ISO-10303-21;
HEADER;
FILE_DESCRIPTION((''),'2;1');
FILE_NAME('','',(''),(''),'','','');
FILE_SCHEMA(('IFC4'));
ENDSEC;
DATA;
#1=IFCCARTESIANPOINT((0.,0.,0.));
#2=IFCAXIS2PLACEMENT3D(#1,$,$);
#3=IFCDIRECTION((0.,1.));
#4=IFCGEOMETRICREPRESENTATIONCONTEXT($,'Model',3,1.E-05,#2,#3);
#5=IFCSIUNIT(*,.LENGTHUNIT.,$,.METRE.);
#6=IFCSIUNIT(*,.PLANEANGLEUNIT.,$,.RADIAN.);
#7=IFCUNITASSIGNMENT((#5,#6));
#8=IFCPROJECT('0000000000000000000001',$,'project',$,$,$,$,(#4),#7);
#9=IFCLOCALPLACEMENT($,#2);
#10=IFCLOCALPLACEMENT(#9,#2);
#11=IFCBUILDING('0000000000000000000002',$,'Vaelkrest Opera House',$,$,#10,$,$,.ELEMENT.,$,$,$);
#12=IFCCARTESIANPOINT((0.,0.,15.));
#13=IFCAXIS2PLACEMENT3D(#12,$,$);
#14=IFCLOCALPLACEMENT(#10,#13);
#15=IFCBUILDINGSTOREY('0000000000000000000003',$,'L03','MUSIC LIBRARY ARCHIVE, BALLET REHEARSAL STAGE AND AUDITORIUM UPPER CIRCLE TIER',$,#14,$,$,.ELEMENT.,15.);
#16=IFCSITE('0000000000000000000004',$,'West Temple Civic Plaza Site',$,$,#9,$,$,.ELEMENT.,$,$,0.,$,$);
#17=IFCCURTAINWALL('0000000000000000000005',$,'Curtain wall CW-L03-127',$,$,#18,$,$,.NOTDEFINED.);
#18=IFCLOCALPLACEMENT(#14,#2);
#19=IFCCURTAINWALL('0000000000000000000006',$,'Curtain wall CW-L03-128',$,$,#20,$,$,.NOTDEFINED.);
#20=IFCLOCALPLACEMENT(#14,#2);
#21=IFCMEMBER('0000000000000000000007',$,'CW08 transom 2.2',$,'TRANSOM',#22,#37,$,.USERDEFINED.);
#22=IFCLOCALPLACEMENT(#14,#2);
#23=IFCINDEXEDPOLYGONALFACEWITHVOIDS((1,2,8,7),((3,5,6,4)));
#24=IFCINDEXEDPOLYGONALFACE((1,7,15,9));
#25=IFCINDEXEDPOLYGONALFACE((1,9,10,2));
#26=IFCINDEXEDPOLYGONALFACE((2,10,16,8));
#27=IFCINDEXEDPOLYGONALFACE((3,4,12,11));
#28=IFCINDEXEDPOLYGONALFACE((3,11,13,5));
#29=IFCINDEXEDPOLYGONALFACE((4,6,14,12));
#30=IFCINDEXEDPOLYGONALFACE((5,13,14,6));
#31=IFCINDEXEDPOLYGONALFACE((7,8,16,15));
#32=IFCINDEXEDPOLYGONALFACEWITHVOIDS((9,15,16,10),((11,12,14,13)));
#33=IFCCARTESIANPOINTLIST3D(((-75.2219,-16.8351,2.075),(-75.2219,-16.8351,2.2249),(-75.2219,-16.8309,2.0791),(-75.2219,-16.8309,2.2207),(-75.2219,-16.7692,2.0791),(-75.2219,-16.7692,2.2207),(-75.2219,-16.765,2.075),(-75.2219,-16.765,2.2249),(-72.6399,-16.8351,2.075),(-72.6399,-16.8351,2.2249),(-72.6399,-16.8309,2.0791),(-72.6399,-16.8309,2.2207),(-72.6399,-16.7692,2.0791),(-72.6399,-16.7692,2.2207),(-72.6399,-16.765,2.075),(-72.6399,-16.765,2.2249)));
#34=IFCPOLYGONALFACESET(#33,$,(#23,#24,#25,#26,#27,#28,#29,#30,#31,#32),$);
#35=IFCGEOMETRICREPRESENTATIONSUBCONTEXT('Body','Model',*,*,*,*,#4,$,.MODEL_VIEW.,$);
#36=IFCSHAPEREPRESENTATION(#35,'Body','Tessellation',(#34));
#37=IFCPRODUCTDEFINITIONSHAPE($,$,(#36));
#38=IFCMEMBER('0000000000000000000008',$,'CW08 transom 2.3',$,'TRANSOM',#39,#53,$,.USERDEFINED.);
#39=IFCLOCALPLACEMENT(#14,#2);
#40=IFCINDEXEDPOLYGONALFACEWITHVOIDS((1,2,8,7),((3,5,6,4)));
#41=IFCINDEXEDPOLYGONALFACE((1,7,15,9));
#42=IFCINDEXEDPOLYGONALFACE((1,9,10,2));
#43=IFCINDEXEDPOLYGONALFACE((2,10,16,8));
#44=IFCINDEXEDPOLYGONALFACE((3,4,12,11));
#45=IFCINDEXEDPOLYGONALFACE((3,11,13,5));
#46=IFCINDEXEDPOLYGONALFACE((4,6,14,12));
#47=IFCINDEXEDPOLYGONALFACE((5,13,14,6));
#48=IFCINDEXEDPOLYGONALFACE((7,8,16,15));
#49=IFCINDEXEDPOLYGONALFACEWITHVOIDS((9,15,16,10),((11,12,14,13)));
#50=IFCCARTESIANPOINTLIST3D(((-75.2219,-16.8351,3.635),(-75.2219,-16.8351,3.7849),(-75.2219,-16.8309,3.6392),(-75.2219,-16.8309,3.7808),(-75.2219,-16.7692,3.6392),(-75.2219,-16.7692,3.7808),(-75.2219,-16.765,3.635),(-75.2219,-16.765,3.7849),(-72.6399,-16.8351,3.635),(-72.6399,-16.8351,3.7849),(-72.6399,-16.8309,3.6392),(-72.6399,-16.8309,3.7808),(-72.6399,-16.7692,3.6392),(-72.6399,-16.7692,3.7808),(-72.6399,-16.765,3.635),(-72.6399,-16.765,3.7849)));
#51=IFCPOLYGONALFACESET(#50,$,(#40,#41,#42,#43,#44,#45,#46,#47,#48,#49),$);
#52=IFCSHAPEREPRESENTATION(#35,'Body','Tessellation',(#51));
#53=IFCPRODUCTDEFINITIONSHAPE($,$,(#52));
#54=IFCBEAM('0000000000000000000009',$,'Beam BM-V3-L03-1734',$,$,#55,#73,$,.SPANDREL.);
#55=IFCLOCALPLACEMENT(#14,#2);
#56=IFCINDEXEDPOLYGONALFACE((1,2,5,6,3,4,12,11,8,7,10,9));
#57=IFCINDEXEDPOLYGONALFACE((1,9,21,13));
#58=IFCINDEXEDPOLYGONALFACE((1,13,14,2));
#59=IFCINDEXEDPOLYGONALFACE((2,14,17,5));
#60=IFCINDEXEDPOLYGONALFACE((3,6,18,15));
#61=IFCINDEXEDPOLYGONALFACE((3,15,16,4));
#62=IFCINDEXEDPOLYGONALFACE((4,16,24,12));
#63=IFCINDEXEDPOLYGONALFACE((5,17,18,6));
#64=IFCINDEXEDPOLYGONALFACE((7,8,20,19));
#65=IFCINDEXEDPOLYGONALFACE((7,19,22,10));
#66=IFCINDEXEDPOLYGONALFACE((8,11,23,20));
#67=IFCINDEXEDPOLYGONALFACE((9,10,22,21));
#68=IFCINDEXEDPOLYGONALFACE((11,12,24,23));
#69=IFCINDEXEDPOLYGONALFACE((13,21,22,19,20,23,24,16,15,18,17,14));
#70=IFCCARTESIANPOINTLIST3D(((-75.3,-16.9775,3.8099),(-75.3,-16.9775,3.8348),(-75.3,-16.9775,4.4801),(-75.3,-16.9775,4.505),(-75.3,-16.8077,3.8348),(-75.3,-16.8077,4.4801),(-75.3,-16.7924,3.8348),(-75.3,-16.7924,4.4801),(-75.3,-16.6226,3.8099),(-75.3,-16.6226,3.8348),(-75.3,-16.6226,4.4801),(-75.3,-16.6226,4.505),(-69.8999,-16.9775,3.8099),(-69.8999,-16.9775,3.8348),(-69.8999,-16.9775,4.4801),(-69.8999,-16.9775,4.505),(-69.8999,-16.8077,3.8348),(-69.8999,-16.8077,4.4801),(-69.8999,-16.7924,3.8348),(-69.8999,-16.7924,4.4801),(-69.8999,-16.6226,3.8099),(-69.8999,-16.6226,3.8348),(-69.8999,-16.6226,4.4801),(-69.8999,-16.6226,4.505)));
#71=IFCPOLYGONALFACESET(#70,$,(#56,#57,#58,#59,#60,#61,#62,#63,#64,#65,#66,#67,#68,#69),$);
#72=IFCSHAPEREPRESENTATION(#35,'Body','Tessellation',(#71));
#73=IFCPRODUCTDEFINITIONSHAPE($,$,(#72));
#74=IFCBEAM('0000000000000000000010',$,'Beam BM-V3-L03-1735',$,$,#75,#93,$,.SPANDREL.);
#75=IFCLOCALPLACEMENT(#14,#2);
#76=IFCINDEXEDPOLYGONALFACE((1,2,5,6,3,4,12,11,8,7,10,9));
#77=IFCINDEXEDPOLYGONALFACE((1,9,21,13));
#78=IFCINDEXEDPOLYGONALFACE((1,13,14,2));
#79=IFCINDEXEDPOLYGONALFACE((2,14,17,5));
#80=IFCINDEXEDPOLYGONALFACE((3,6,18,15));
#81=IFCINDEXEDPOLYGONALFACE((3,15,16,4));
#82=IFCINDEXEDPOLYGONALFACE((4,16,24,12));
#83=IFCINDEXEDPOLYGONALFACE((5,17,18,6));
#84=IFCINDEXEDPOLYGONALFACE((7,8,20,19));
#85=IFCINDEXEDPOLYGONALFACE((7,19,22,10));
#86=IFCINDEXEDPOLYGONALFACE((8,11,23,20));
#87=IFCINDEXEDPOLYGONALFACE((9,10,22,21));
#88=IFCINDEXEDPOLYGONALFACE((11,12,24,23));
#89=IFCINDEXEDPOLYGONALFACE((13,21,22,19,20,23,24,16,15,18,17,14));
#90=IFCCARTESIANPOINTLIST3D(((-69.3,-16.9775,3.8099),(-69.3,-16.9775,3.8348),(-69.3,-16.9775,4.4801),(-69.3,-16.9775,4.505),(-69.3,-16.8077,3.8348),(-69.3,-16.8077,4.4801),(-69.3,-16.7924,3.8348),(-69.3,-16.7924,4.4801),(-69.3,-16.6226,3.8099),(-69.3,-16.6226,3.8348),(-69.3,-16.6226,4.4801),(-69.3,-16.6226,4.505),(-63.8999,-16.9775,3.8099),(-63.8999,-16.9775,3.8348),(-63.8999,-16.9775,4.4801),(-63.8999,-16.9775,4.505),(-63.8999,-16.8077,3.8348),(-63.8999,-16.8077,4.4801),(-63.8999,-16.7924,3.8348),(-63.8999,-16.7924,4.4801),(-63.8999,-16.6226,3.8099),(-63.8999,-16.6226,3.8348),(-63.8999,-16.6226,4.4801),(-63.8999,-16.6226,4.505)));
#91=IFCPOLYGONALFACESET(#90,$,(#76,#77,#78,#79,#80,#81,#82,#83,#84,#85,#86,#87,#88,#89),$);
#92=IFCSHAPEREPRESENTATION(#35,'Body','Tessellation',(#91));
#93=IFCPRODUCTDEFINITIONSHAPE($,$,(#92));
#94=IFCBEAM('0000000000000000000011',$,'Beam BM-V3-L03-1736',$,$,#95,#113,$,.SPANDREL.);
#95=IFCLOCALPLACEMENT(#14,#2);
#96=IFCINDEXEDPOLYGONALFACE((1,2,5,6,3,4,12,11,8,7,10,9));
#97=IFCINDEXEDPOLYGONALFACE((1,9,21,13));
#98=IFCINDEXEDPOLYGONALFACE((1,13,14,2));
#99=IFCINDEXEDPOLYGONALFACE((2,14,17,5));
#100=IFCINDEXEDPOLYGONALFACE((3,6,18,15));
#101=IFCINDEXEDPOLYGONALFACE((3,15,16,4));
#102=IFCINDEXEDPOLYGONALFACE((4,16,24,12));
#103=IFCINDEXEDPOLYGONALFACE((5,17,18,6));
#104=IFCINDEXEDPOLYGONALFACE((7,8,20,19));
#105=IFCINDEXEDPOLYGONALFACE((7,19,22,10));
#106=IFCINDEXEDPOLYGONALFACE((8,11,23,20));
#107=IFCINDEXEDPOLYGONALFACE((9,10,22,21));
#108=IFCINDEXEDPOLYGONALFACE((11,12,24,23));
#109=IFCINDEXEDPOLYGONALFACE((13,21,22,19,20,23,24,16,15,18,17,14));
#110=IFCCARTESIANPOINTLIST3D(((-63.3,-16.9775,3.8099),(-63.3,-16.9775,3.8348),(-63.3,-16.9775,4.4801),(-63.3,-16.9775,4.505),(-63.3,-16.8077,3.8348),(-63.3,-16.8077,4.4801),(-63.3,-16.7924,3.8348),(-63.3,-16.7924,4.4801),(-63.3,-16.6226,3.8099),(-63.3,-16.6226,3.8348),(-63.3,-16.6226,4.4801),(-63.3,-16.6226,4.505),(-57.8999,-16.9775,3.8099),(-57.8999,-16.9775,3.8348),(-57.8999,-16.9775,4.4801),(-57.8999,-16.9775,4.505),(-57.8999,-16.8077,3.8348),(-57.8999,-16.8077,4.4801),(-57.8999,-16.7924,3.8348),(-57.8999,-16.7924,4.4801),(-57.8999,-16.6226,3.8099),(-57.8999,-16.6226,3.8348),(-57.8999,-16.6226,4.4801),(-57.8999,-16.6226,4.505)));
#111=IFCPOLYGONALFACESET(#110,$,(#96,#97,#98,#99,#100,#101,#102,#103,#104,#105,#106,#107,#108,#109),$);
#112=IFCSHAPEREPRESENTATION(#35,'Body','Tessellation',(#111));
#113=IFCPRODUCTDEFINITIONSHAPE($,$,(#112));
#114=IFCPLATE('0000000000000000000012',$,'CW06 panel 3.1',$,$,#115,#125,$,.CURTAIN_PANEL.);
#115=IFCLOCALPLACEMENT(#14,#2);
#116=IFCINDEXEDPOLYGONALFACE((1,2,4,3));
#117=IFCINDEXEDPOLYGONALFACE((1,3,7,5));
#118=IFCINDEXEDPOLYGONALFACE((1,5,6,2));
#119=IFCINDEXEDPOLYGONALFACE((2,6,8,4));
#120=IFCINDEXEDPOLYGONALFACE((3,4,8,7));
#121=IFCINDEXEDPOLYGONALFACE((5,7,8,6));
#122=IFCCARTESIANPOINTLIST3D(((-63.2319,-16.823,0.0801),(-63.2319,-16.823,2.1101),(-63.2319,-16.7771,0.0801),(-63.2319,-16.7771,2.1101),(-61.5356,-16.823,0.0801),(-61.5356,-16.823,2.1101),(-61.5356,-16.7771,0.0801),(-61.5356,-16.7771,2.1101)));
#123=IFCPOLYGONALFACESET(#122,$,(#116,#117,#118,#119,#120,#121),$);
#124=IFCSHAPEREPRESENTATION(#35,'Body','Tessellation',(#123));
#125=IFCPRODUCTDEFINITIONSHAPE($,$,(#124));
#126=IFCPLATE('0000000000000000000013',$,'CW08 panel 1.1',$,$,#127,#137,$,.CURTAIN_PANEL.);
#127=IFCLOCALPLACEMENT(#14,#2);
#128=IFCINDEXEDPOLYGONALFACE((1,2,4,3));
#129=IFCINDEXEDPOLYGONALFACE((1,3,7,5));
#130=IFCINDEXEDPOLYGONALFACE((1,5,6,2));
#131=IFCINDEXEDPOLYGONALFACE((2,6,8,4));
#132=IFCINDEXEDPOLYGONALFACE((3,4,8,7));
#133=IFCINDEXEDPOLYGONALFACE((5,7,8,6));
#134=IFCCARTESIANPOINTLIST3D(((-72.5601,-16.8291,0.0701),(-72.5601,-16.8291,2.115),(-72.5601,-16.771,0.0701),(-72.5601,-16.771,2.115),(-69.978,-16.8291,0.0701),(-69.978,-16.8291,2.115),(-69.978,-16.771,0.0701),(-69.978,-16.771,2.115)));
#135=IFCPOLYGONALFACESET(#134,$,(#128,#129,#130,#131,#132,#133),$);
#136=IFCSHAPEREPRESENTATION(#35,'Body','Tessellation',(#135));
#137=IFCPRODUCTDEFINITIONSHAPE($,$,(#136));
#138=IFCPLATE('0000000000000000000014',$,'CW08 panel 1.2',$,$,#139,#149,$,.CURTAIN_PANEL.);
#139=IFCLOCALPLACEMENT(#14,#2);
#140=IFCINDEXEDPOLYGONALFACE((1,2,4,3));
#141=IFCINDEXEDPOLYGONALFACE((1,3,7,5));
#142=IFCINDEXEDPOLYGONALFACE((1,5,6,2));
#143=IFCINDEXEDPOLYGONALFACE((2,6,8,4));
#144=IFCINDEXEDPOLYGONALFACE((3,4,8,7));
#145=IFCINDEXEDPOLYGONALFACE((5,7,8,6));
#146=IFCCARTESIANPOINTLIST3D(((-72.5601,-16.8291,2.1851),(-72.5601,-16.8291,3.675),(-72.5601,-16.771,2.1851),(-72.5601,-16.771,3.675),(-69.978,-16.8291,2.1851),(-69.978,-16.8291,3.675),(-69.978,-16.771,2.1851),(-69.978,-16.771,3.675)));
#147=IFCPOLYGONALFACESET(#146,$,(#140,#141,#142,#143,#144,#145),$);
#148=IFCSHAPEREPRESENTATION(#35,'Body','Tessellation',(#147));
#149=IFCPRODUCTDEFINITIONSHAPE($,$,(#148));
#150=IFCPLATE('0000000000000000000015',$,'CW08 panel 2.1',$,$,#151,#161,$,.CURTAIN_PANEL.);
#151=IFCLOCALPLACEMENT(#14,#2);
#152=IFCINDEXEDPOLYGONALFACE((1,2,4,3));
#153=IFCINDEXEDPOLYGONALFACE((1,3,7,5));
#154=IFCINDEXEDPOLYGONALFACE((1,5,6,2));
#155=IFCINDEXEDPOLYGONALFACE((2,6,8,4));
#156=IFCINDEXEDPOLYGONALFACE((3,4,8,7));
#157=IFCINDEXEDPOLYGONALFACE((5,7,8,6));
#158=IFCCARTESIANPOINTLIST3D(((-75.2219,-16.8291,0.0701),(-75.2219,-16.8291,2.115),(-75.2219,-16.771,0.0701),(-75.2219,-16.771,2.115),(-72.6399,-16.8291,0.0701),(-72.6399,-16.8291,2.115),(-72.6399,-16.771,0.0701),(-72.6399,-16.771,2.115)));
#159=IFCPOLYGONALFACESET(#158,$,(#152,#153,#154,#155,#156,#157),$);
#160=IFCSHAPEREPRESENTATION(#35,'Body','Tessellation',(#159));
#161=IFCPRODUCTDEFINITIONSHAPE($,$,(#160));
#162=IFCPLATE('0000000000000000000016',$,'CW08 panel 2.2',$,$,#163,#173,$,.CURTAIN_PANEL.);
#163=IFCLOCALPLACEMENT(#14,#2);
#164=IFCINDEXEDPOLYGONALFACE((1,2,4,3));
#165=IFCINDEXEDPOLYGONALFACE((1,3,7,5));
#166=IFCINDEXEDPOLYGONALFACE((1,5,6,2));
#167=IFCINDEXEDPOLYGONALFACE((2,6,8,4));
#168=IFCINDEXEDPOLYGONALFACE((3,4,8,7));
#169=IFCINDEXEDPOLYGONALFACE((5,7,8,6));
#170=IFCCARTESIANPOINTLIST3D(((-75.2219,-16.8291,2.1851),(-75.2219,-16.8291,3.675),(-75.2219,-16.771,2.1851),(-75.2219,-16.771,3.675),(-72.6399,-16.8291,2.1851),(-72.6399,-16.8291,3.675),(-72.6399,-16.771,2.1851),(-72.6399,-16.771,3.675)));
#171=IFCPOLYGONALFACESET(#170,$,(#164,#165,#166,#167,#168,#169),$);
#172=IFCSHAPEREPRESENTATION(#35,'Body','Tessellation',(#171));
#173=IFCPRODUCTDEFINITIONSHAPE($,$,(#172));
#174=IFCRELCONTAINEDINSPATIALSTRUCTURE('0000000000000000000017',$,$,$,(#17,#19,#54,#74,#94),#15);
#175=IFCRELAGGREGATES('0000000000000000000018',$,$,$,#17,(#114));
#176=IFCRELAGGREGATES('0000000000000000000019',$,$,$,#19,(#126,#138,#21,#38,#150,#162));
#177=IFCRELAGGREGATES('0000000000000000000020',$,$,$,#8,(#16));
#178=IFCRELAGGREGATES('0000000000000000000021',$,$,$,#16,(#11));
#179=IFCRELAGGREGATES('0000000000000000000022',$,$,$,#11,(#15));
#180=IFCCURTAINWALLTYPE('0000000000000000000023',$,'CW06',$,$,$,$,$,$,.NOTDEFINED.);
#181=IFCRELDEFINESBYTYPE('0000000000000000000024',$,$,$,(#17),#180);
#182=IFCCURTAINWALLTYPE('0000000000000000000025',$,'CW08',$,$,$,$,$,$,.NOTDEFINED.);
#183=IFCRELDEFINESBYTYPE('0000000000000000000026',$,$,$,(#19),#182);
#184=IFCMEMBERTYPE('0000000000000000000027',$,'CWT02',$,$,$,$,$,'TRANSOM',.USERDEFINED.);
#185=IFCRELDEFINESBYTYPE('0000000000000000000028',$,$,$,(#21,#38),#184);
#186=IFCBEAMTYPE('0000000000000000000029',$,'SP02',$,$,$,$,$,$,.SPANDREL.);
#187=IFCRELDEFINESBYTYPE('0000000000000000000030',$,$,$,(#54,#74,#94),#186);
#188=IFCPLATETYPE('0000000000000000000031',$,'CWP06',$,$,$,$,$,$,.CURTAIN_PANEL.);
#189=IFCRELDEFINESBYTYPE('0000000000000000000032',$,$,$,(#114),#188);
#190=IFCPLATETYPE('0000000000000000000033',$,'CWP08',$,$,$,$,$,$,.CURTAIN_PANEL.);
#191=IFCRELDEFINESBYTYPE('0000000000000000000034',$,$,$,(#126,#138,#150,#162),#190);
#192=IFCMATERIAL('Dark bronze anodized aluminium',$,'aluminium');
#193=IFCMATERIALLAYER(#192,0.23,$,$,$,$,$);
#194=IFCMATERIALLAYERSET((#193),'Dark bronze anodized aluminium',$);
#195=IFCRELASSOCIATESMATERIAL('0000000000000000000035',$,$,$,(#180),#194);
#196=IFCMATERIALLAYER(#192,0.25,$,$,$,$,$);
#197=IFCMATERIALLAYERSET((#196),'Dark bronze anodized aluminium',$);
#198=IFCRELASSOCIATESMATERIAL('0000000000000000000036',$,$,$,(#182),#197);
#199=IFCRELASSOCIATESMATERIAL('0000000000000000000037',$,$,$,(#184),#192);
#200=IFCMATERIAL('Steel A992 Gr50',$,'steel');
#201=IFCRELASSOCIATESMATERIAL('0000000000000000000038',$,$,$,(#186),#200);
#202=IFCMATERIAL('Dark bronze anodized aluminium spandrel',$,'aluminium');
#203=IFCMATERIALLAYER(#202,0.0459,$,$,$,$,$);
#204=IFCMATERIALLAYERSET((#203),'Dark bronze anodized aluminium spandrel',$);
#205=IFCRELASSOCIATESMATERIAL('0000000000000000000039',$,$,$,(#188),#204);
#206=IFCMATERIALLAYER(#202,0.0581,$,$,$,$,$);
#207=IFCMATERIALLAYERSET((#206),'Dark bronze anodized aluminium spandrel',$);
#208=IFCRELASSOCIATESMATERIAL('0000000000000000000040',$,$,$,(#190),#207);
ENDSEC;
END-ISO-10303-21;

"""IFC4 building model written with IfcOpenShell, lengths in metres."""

from ifc_helpers import new_model, si_unit, direction, frame, origin, origin_2d, place, context, subcontext, project, spatial, rectangle, hollow_rectangle, i_section, extrude, material, layer, layer_set, material_profile, profile_set, type_object, element, aggregate, save


model = new_model("IFC4")

# Units and contexts
model_context = context("Model", 3, precision=1e-05, world=origin(), true_north=direction((0.0, 1.0)))
body_context = subcontext(model_context, "Body", "Model", "MODEL_VIEW")
ifc_project = project(units=[si_unit("LENGTHUNIT", "METRE"), si_unit("PLANEANGLEUNIT", "RADIAN")], contexts=[model_context])

# Site, building, storey
site_placement = place(None, origin())
site = spatial("IfcSite", under=ifc_project, at=site_placement, Name="West Temple Civic Plaza Site", CompositionType="ELEMENT", RefElevation=0.0)
building_placement = place(site_placement, origin())
building = spatial("IfcBuilding", under=site, at=building_placement, Name="Vaelkrest Opera House", CompositionType="ELEMENT")
storey_placement = place(building_placement, frame((0.0, 0.0, 15.0)))
storey = spatial("IfcBuildingStorey", under=building, at=storey_placement, Name="L03", Description="MUSIC LIBRARY ARCHIVE, BALLET REHEARSAL STAGE AND AUDITORIUM UPPER CIRCLE TIER", CompositionType="ELEMENT", Elevation=15.0)

# Curtain wall
ifc_material_1 = material(Name="Dark bronze anodized aluminium", Category="aluminium")
ifc_layer_1 = layer(ifc_material_1, 0.23)
ifc_layer_set_1 = layer_set([ifc_layer_1], Name="Dark bronze anodized aluminium")
curtain_wall_type_1 = type_object("IfcCurtainWallType", Name="CW06", PredefinedType="NOTDEFINED", material=ifc_layer_set_1)
curtain_wall_1_placement = place(storey_placement, origin())
curtain_wall_1 = element("IfcCurtainWall", 1, at=curtain_wall_1_placement, inside=storey, type_object=curtain_wall_type_1, Name="Curtain wall CW-L03-127", PredefinedType="NOTDEFINED")

# Curtain wall, members
ifc_layer_2 = layer(ifc_material_1, 0.25)
ifc_layer_set_2 = layer_set([ifc_layer_2], Name="Dark bronze anodized aluminium")
curtain_wall_type_2 = type_object("IfcCurtainWallType", Name="CW08", PredefinedType="NOTDEFINED", material=ifc_layer_set_2)
curtain_wall_2_placement = place(storey_placement, origin())
curtain_wall_2 = element("IfcCurtainWall", 2, at=curtain_wall_2_placement, inside=storey, type_object=curtain_wall_type_2, Name="Curtain wall CW-L03-128", PredefinedType="NOTDEFINED")
ifc_material_profile_1 = material_profile(ifc_material_1, hollow_rectangle(XDim=0.0701, YDim=0.1499, WallThickness=0.0042, at=origin_2d()), Name="CWT70X150")
ifc_profile_set_1 = profile_set([ifc_material_profile_1], Name="Dark bronze anodized aluminium")
member_type_1 = type_object("IfcMemberType", Name="CWT02", ElementType="TRANSOM", PredefinedType="USERDEFINED", material=ifc_profile_set_1)
member_1_placement = place(storey_placement, frame((-72.6399, -16.8, 2.1499), z_axis=(-1.0, 0.0, 0.0), x_axis=(0.0, -1.0, 0.0)))
member_1 = element("IfcMember", 3, at=member_1_placement, type_object=member_type_1, Name="CW08 transom 2.2", ObjectType="TRANSOM", PredefinedType="USERDEFINED", context=body_context, shape_type="SweptSolid", body=[
    extrude(hollow_rectangle(XDim=0.0701, YDim=0.1499, WallThickness=0.0042, at=origin_2d()), origin(), (0.0, 0.0, 1.0), 2.582),
])
member_2_placement = place(storey_placement, frame((-72.6399, -16.8, 3.71), z_axis=(-1.0, 0.0, 0.0), x_axis=(0.0, -1.0, 0.0)))
member_2 = element("IfcMember", 4, at=member_2_placement, type_object=member_type_1, Name="CW08 transom 2.3", ObjectType="TRANSOM", PredefinedType="USERDEFINED", context=body_context, shape_type="SweptSolid", body=[
    extrude(hollow_rectangle(XDim=0.0701, YDim=0.1499, WallThickness=0.0042, at=origin_2d()), origin(), (0.0, 0.0, 1.0), 2.582),
])

# Beams
ifc_material_2 = material(Name="Steel A992 Gr50", Category="steel")
ifc_material_profile_2 = material_profile(ifc_material_2, i_section(OverallWidth=0.355, OverallDepth=0.6951, WebThickness=0.0154, FlangeThickness=0.0249, at=origin_2d()), Name="W27X146")
ifc_profile_set_2 = profile_set([ifc_material_profile_2], Name="Steel A992 Gr50")
beam_type = type_object("IfcBeamType", Name="SP02", PredefinedType="SPANDREL", material=ifc_profile_set_2)
for number, where, z_axis, x_axis, name in (
    (5, (-75.3, -16.8, 4.1575), (1.0, 0.0, 0.0), (0.0, 1.0, 0.0), "Beam BM-V3-L03-1734"),
    (6, (-69.3, -16.8, 4.1575), (1.0, 0.0, 0.0), (0.0, 1.0, 0.0), "Beam BM-V3-L03-1735"),
    (7, (-63.3, -16.8, 4.1575), (1.0, 0.0, 0.0), (0.0, 1.0, 0.0), "Beam BM-V3-L03-1736"),
):
    element("IfcBeam", number, at=place(storey_placement, frame(where, z_axis=z_axis, x_axis=x_axis)), inside=storey, type_object=beam_type, Name=name, PredefinedType="SPANDREL", context=body_context, shape_type="SweptSolid", body=[
        extrude(i_section(OverallWidth=0.355, OverallDepth=0.6951, WebThickness=0.0154, FlangeThickness=0.0249, at=origin_2d()), origin(), (0.0, 0.0, 1.0), 5.4001),
    ])

# Plates
ifc_material_3 = material(Name="Dark bronze anodized aluminium spandrel", Category="aluminium")
ifc_layer_3 = layer(ifc_material_3, 0.0459)
ifc_layer_set_3 = layer_set([ifc_layer_3], Name="Dark bronze anodized aluminium spandrel")
plate_type_1 = type_object("IfcPlateType", Name="CWP06", PredefinedType="CURTAIN_PANEL", material=ifc_layer_set_3)
plate_1_placement = place(storey_placement, frame((-62.3838, -16.8, 0.0801), z_axis=(0.0, 0.0, 1.0), x_axis=(-1.0, 0.0, 0.0)))
plate_1 = element("IfcPlate", 8, at=plate_1_placement, type_object=plate_type_1, Name="CW06 panel 3.1", PredefinedType="CURTAIN_PANEL", context=body_context, shape_type="SweptSolid", body=[
    extrude(rectangle(XDim=1.6963, YDim=0.0459, at=origin_2d()), origin(), (0.0, 0.0, 1.0), 2.03),
])
aggregate(curtain_wall_1, [plate_1])
ifc_layer_4 = layer(ifc_material_3, 0.0581)
ifc_layer_set_4 = layer_set([ifc_layer_4], Name="Dark bronze anodized aluminium spandrel")
plate_type_2 = type_object("IfcPlateType", Name="CWP08", PredefinedType="CURTAIN_PANEL", material=ifc_layer_set_4)
plate_2_placement = place(storey_placement, frame((-71.269, -16.8, 0.0701), z_axis=(0.0, 0.0, 1.0), x_axis=(-1.0, 0.0, 0.0)))
plate_2 = element("IfcPlate", 9, at=plate_2_placement, type_object=plate_type_2, Name="CW08 panel 1.1", PredefinedType="CURTAIN_PANEL", context=body_context, shape_type="SweptSolid", body=[
    extrude(rectangle(XDim=2.582, YDim=0.0581, at=origin_2d()), origin(), (0.0, 0.0, 1.0), 2.0449),
])
plate_3_placement = place(storey_placement, frame((-71.269, -16.8, 2.1851), z_axis=(0.0, 0.0, 1.0), x_axis=(-1.0, 0.0, 0.0)))
plate_3 = element("IfcPlate", 10, at=plate_3_placement, type_object=plate_type_2, Name="CW08 panel 1.2", PredefinedType="CURTAIN_PANEL", context=body_context, shape_type="SweptSolid", body=[
    extrude(rectangle(XDim=2.582, YDim=0.0581, at=origin_2d()), origin(), (0.0, 0.0, 1.0), 1.49),
])
plate_4_placement = place(storey_placement, frame((-73.9309, -16.8, 0.0701), z_axis=(0.0, 0.0, 1.0), x_axis=(-1.0, 0.0, 0.0)))
plate_4 = element("IfcPlate", 11, at=plate_4_placement, type_object=plate_type_2, Name="CW08 panel 2.1", PredefinedType="CURTAIN_PANEL", context=body_context, shape_type="SweptSolid", body=[
    extrude(rectangle(XDim=2.582, YDim=0.0581, at=origin_2d()), origin(), (0.0, 0.0, 1.0), 2.0449),
])
plate_5_placement = place(storey_placement, frame((-73.9309, -16.8, 2.1851), z_axis=(0.0, 0.0, 1.0), x_axis=(-1.0, 0.0, 0.0)))
plate_5 = element("IfcPlate", 12, at=plate_5_placement, type_object=plate_type_2, Name="CW08 panel 2.2", PredefinedType="CURTAIN_PANEL", context=body_context, shape_type="SweptSolid", body=[
    extrude(rectangle(XDim=2.582, YDim=0.0581, at=origin_2d()), origin(), (0.0, 0.0, 1.0), 1.49),
])
aggregate(curtain_wall_2, [plate_2, plate_3, member_1, member_2, plate_4, plate_5])

save(model, "model.ifc")
